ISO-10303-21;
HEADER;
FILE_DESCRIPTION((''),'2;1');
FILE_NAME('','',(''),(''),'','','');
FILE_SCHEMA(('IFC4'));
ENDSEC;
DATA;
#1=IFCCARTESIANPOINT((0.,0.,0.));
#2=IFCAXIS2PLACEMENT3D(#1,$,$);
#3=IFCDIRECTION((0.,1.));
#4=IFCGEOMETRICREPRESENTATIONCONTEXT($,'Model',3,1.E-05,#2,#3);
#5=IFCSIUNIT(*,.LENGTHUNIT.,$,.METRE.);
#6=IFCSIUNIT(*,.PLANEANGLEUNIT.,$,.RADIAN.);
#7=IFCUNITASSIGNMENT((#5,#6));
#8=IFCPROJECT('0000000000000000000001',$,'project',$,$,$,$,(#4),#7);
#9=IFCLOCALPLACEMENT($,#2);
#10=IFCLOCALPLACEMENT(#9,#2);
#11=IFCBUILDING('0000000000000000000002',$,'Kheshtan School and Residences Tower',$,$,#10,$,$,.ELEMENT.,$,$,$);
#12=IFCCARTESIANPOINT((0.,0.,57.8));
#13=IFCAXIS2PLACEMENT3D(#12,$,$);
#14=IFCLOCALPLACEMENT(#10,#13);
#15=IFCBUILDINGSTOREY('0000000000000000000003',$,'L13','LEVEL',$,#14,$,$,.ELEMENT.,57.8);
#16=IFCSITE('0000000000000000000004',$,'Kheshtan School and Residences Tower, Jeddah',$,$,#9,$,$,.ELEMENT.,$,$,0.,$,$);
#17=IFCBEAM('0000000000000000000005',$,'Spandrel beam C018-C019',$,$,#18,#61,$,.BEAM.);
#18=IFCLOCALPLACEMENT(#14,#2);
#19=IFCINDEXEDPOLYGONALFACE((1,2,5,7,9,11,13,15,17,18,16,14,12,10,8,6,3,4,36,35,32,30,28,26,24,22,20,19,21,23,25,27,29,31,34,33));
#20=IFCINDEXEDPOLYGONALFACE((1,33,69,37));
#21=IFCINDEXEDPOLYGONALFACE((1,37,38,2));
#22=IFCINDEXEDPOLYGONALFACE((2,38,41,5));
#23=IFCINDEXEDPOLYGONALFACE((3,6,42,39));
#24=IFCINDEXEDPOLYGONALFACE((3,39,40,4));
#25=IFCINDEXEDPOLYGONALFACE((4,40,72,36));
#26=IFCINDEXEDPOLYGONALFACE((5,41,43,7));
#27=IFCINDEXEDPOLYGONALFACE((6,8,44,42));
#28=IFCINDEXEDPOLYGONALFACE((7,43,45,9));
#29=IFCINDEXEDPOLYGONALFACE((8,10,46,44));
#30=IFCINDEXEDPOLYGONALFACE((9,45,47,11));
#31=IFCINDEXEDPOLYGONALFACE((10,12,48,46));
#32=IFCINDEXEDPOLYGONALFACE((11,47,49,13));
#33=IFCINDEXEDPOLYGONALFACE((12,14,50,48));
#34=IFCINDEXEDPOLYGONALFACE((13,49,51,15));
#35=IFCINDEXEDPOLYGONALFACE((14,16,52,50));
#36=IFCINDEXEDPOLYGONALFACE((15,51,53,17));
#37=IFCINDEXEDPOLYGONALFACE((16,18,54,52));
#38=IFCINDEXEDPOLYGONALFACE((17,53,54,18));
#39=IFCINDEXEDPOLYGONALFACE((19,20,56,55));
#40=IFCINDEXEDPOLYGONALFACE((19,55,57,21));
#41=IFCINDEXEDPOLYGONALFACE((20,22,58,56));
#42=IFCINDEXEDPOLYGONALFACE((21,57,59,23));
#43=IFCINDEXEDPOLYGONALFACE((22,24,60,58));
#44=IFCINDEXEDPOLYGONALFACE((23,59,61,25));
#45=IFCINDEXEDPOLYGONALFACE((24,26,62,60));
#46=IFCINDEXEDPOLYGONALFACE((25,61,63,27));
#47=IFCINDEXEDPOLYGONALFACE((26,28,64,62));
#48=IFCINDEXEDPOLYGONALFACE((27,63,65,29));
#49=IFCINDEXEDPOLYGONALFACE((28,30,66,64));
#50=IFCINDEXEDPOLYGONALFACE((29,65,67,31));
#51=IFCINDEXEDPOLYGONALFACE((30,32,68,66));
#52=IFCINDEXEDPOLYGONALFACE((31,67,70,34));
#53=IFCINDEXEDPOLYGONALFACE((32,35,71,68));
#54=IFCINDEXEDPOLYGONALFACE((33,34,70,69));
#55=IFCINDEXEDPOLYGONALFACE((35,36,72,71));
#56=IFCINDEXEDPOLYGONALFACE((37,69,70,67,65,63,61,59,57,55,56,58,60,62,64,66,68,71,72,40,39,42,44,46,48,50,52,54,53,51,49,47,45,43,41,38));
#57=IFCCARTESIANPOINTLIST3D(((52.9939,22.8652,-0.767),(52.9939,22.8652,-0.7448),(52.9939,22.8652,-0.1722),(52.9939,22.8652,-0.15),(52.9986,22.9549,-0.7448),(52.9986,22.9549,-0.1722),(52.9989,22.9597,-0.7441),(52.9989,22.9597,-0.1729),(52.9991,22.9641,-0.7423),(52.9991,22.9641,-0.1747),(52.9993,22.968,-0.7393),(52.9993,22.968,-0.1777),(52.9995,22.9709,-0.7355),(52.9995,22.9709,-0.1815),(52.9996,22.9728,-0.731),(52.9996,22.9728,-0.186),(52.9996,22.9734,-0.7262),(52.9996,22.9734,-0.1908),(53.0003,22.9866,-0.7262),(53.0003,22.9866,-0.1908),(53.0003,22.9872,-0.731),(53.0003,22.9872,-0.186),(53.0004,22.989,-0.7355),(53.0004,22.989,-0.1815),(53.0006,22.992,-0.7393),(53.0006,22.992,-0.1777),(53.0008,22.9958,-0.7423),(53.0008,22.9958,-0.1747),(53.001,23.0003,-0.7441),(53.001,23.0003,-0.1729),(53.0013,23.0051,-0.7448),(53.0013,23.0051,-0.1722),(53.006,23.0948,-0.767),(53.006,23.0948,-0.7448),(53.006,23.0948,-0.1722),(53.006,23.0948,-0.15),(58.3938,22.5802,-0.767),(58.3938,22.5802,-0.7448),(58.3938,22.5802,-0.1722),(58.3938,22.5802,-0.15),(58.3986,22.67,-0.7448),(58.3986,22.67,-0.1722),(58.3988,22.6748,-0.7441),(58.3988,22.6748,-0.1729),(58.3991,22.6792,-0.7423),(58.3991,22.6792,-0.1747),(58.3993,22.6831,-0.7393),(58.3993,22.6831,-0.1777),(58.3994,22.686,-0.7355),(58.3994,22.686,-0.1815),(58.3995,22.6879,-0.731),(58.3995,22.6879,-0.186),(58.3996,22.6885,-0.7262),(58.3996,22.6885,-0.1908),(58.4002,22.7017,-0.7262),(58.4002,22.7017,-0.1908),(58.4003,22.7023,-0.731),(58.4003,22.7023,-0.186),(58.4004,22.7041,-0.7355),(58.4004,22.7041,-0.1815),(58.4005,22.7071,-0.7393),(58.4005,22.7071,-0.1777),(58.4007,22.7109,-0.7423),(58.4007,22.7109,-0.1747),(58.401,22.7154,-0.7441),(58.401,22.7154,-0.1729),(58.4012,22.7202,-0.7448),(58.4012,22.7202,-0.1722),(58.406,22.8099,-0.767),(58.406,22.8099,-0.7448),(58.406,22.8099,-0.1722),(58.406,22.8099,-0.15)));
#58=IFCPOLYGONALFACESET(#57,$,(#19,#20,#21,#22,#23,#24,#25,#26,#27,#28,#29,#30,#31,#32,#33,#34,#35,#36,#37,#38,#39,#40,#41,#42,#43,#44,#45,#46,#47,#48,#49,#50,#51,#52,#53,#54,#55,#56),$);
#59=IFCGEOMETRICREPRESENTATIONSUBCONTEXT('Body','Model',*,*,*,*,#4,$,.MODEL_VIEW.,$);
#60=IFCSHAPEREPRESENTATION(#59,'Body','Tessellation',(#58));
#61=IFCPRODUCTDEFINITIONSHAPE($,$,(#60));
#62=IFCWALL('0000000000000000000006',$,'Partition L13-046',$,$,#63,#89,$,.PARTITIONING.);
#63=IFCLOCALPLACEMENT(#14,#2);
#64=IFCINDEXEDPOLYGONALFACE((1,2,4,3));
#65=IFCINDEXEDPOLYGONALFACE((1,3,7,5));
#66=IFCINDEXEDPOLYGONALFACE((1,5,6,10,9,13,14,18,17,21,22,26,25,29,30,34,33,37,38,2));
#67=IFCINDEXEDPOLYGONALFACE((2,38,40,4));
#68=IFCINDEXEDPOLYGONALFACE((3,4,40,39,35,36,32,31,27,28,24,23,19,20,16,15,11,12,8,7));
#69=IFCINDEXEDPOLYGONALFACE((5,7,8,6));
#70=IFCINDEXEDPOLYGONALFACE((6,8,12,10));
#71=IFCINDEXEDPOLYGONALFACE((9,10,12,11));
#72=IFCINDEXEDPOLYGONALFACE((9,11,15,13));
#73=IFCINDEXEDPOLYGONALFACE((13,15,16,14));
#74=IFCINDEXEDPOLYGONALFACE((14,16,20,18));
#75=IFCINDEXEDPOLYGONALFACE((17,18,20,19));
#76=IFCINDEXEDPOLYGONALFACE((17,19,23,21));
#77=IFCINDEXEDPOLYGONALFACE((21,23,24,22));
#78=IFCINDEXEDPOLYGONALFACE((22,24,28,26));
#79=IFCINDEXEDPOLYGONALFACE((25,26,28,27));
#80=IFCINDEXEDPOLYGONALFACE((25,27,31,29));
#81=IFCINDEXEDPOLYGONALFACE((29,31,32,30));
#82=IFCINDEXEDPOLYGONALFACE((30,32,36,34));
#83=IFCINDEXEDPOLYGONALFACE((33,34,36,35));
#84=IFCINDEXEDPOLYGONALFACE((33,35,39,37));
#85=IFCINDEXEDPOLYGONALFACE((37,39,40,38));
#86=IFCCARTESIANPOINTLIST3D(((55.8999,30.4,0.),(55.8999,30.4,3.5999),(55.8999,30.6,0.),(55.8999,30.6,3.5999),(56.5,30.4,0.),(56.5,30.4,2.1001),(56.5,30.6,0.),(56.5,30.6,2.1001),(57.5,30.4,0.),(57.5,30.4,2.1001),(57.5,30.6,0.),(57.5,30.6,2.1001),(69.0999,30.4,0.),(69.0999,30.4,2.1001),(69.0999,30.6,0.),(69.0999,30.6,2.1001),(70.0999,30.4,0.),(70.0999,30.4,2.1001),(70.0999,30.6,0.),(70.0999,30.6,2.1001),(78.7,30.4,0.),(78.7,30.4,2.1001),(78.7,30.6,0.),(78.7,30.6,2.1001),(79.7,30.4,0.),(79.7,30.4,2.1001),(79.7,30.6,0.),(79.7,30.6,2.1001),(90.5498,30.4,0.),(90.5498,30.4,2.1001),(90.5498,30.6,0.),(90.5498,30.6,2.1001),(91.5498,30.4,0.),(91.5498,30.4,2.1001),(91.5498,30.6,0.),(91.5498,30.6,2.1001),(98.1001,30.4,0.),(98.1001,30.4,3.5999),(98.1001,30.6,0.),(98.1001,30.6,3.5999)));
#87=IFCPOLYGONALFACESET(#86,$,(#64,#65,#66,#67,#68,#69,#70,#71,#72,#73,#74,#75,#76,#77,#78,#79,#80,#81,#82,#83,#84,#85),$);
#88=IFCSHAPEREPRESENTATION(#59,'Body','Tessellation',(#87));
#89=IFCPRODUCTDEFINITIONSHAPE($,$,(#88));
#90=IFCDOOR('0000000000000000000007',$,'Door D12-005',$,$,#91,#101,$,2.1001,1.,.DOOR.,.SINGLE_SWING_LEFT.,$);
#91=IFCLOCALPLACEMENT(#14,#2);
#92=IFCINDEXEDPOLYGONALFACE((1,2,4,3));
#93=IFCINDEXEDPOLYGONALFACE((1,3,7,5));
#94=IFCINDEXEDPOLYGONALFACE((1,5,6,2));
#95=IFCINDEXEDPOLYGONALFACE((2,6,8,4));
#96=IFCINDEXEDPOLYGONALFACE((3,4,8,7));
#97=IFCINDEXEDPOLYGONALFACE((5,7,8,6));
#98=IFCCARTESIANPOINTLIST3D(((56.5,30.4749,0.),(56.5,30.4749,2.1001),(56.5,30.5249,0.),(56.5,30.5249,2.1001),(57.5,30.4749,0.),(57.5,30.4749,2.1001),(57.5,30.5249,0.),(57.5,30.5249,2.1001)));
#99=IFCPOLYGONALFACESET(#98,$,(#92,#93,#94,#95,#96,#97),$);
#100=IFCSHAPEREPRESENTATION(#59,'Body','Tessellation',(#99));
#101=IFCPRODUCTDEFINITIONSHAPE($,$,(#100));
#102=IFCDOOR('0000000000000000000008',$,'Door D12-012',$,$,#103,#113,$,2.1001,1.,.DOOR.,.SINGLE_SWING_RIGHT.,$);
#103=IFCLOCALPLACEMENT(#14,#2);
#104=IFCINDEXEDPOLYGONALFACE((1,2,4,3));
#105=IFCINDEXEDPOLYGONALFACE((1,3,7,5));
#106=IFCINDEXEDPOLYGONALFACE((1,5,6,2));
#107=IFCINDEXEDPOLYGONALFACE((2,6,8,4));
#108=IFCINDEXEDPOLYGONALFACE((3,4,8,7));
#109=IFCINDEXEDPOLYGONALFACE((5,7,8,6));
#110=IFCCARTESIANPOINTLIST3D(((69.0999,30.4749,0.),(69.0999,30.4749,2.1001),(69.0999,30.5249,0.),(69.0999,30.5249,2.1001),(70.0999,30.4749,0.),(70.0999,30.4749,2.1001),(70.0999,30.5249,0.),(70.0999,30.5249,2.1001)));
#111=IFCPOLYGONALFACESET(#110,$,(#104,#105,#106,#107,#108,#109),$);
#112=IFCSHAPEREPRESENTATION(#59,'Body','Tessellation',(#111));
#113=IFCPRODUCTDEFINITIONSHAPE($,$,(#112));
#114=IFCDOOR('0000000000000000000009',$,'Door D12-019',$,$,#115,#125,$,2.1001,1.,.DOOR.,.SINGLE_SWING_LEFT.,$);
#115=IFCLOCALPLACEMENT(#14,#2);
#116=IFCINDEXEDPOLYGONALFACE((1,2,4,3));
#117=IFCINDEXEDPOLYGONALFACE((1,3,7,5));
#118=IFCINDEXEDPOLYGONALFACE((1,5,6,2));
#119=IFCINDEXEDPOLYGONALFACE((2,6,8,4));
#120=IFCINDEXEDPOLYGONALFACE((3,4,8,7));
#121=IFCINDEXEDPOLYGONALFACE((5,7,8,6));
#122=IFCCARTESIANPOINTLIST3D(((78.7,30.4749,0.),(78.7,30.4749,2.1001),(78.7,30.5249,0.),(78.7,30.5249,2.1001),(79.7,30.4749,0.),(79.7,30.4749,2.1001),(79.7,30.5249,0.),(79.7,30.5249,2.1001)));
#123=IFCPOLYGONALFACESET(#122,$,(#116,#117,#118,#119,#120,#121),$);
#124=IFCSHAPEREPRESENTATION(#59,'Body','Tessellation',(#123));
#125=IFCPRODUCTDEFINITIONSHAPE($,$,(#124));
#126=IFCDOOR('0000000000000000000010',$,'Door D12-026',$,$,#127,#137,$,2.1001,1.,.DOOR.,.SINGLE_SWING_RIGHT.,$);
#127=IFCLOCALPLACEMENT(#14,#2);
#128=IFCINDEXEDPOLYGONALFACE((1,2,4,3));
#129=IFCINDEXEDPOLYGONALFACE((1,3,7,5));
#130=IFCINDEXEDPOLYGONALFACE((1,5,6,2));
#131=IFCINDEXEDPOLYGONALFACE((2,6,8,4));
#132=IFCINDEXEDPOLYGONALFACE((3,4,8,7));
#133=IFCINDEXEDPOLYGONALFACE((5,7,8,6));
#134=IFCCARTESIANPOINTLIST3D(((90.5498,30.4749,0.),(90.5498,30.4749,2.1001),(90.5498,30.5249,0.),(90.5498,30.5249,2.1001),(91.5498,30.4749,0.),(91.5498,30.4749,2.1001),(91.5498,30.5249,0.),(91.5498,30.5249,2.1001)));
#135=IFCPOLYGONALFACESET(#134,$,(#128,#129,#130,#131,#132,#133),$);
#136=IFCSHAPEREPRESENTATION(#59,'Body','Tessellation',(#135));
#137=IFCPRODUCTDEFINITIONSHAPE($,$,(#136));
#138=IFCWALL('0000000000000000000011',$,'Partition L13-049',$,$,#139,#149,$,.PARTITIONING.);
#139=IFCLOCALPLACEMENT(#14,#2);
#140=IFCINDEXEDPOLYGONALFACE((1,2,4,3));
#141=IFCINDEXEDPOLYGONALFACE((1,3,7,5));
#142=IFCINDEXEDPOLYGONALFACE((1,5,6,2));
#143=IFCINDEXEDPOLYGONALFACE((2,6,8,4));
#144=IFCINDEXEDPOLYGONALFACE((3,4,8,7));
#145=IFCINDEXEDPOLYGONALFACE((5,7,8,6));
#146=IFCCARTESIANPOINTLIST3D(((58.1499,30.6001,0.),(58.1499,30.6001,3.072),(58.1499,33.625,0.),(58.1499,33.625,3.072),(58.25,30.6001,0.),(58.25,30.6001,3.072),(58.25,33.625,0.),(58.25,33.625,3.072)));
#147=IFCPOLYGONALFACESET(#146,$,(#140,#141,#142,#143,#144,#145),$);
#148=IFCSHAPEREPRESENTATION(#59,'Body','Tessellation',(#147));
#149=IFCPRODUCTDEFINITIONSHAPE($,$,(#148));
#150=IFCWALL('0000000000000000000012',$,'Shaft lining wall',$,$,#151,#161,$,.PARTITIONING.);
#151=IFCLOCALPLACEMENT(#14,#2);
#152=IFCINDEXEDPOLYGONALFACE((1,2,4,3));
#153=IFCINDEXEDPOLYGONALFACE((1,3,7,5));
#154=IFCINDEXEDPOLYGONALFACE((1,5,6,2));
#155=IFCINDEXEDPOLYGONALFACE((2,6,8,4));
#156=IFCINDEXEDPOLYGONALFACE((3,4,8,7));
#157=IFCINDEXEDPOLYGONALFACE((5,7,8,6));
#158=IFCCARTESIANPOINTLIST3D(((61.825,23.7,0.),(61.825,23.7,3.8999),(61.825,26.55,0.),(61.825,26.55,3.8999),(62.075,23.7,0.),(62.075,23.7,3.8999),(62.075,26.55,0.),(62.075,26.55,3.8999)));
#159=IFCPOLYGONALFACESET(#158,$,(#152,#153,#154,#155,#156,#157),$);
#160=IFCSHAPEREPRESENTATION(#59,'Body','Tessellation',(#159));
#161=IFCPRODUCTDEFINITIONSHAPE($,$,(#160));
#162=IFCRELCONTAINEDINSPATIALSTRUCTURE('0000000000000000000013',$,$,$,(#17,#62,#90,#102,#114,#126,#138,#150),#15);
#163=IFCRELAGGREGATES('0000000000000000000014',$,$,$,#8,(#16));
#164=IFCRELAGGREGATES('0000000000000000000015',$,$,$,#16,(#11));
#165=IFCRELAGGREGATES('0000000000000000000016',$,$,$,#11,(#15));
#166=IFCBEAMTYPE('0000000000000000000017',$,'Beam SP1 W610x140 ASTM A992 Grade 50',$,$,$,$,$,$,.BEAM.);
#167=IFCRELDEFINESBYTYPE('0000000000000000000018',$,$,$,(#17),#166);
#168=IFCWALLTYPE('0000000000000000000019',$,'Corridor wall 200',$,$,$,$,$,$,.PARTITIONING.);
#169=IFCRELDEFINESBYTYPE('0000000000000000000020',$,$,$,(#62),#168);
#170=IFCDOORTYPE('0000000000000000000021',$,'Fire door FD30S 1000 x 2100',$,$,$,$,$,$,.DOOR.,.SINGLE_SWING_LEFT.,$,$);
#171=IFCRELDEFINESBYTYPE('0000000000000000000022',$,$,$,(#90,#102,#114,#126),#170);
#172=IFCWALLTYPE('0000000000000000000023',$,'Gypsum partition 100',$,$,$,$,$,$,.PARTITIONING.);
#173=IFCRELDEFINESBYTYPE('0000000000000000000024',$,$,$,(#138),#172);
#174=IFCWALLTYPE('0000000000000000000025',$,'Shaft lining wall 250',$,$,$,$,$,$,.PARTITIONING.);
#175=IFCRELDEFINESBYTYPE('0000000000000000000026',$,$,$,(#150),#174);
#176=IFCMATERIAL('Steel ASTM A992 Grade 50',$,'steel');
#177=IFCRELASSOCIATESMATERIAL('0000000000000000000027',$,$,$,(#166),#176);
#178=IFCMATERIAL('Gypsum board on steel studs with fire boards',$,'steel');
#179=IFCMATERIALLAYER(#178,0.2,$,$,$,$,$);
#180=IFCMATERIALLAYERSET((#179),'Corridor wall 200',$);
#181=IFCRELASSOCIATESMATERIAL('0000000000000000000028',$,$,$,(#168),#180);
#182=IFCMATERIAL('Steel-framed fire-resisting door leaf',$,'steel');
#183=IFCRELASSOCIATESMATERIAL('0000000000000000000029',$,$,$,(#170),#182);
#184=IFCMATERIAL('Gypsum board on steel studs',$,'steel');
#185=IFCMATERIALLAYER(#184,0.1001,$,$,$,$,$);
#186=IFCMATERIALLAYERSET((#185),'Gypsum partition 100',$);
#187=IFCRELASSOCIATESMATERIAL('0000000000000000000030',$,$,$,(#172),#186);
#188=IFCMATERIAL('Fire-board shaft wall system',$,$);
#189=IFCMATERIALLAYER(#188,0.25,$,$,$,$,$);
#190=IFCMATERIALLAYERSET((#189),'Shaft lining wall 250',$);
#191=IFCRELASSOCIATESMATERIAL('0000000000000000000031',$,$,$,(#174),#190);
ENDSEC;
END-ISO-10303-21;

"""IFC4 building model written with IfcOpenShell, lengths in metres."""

from ifc_helpers import new_model, si_unit, direction, frame, frame_2d, origin, origin_2d, place, context, subcontext, project, spatial, rectangle, i_section, extrude, source, transform, mapped, material, layer, layer_set, material_profile, profile_set, type_object, element, fill, save


model = new_model("IFC4")

# Units and contexts
model_context = context("Model", 3, precision=1e-05, world=origin(), true_north=direction((0.0, 1.0)))
body_context = subcontext(model_context, "Body", "Model", "MODEL_VIEW")
ifc_project = project(units=[si_unit("LENGTHUNIT", "METRE"), si_unit("PLANEANGLEUNIT", "RADIAN")], contexts=[model_context])

# Site, building, storey
site_placement = place(None, origin())
site = spatial("IfcSite", under=ifc_project, at=site_placement, Name="Kheshtan School and Residences Tower, Jeddah", CompositionType="ELEMENT", RefElevation=0.0)
building_placement = place(site_placement, origin())
building = spatial("IfcBuilding", under=site, at=building_placement, Name="Kheshtan School and Residences Tower", CompositionType="ELEMENT")
storey_placement = place(building_placement, frame((0.0, 0.0, 57.8)))
storey = spatial("IfcBuildingStorey", under=building, at=storey_placement, Name="L13", Description="LEVEL", CompositionType="ELEMENT", Elevation=57.8)

# Shared definitions
ifc_material_1 = material(Name="Steel ASTM A992 Grade 50", Category="steel")

# Beam
ifc_material_profile_1 = material_profile(ifc_material_1, i_section(OverallWidth=0.23, OverallDepth=0.6169, WebThickness=0.0132, FlangeThickness=0.0222, FilletRadius=0.0186, at=origin_2d()), Name="W610x140")
ifc_profile_set_1 = profile_set([ifc_material_profile_1], Name="Steel ASTM A992 Grade 50")
beam_type_1 = type_object("IfcBeamType", Name="Beam SP1 W610x140 ASTM A992 Grade 50", PredefinedType="BEAM", material=ifc_profile_set_1)
beam_1_placement = place(storey_placement, frame((58.3999, 22.6951, -0.4585), z_axis=(-0.998611, 0.052689, 0.0), x_axis=(-0.052689, -0.998611, 0.0)))
element("IfcBeam", 1, at=beam_1_placement, inside=storey, type_object=beam_type_1, Name="Spandrel beam C018-C019", PredefinedType="BEAM", context=body_context, shape_type="SweptSolid", body=[
    extrude(i_section(OverallWidth=0.23, OverallDepth=0.6169, WebThickness=0.0132, FlangeThickness=0.0222, FilletRadius=0.0186, at=origin_2d()), origin(), (0.0, 0.0, 1.0), 5.4075),
])

# Wall, openings, doors
ifc_material_2 = material(Name="Gypsum board on steel studs with fire boards", Category="steel")
ifc_layer_1 = layer(ifc_material_2, 0.2)
ifc_layer_set_1 = layer_set([ifc_layer_1], Name="Corridor wall 200")
wall_type_1 = type_object("IfcWallType", Name="Corridor wall 200", PredefinedType="PARTITIONING", material=ifc_layer_set_1)
wall_1_placement = place(storey_placement, frame((55.8999, 30.5, 0.0), z_axis=(0.0, 0.0, 1.0), x_axis=(1.0, 0.0, 0.0)))
wall_1 = element("IfcWall", 2, at=wall_1_placement, inside=storey, type_object=wall_type_1, Name="Partition L13-046", PredefinedType="PARTITIONING", context=body_context, shape_type="SweptSolid", body=[
    extrude(rectangle(XDim=42.2002, YDim=0.2, at=frame_2d((21.1001, 0.0))), origin(), (0.0, 0.0, 1.0), 3.5999),
])
opening_1_placement = place(wall_1_placement, frame((0.6001, 0.0, 0.0)))
opening_1 = element("IfcOpeningElement", 3, at=opening_1_placement, cuts=wall_1, PredefinedType="OPENING", context=body_context, shape_type="SweptSolid", body=[
    extrude(rectangle(XDim=1.0, YDim=2.1001, at=frame_2d((0.5, 1.05))), frame((0.0, 0.1099, 0.0), z_axis=(0.0, -1.0, 0.0), x_axis=(1.0, 0.0, 0.0)), (0.0, 0.0, 1.0), 0.22),
])
opening_2_placement = place(wall_1_placement, frame((13.2, 0.0, 0.0)))
opening_2 = element("IfcOpeningElement", 4, at=opening_2_placement, cuts=wall_1, PredefinedType="OPENING", context=body_context, shape_type="SweptSolid", body=[
    extrude(rectangle(XDim=1.0, YDim=2.1001, at=frame_2d((0.5, 1.05))), frame((0.0, 0.1099, 0.0), z_axis=(0.0, -1.0, 0.0), x_axis=(1.0, 0.0, 0.0)), (0.0, 0.0, 1.0), 0.22),
])
opening_3_placement = place(wall_1_placement, frame((22.8, 0.0, 0.0)))
opening_3 = element("IfcOpeningElement", 5, at=opening_3_placement, cuts=wall_1, PredefinedType="OPENING", context=body_context, shape_type="SweptSolid", body=[
    extrude(rectangle(XDim=1.0, YDim=2.1001, at=frame_2d((0.5, 1.05))), frame((0.0, 0.1099, 0.0), z_axis=(0.0, -1.0, 0.0), x_axis=(1.0, 0.0, 0.0)), (0.0, 0.0, 1.0), 0.22),
])
opening_4_placement = place(wall_1_placement, frame((34.6499, 0.0, 0.0)))
opening_4 = element("IfcOpeningElement", 6, at=opening_4_placement, cuts=wall_1, PredefinedType="OPENING", context=body_context, shape_type="SweptSolid", body=[
    extrude(rectangle(XDim=1.0, YDim=2.1001, at=frame_2d((0.5, 1.05))), frame((0.0, 0.1099, 0.0), z_axis=(0.0, -1.0, 0.0), x_axis=(1.0, 0.0, 0.0)), (0.0, 0.0, 1.0), 0.22),
])
ifc_material_3 = material(Name="Steel-framed fire-resisting door leaf", Category="steel")
door_type_1 = type_object("IfcDoorType", Name="Fire door FD30S 1000 x 2100", OperationType="SINGLE_SWING_LEFT", PredefinedType="DOOR", material=ifc_material_3)
shared_shape_1 = source(origin(), body_context, "Body", "SweptSolid", [
    extrude(rectangle(XDim=1.0, YDim=2.1001, at=frame_2d((0.5, 1.05))), frame((0.0, 0.0249, 0.0), z_axis=(0.0, -1.0, 0.0), x_axis=(1.0, 0.0, 0.0)), (0.0, 0.0, 1.0), 0.05),
])
door_1_placement = place(opening_1_placement, origin())
door_1 = element("IfcDoor", 7, at=door_1_placement, inside=storey, type_object=door_type_1, Name="Door D12-005", OperationType="SINGLE_SWING_LEFT", OverallHeight=2.1001, OverallWidth=1.0, PredefinedType="DOOR", context=body_context, shape_type="MappedRepresentation", body=[
    mapped(shared_shape_1, transform((0.0, 0.0, 0.0), x_axis=(1.0, 0.0, 0.0), y_axis=(0.0, 1.0, 0.0), z_axis=(0.0, 0.0, 1.0), scale=1.0)),
])
fill(opening_1, door_1)
door_2_placement = place(opening_2_placement, origin())
door_2 = element("IfcDoor", 8, at=door_2_placement, inside=storey, type_object=door_type_1, Name="Door D12-012", OperationType="SINGLE_SWING_RIGHT", OverallHeight=2.1001, OverallWidth=1.0, PredefinedType="DOOR", context=body_context, shape_type="MappedRepresentation", body=[
    mapped(shared_shape_1, transform((0.0, 0.0, 0.0), x_axis=(1.0, 0.0, 0.0), y_axis=(0.0, 1.0, 0.0), z_axis=(0.0, 0.0, 1.0), scale=1.0)),
])
fill(opening_2, door_2)
door_3_placement = place(opening_3_placement, origin())
door_3 = element("IfcDoor", 9, at=door_3_placement, inside=storey, type_object=door_type_1, Name="Door D12-019", OperationType="SINGLE_SWING_LEFT", OverallHeight=2.1001, OverallWidth=1.0, PredefinedType="DOOR", context=body_context, shape_type="MappedRepresentation", body=[
    mapped(shared_shape_1, transform((0.0, 0.0, 0.0), x_axis=(1.0, 0.0, 0.0), y_axis=(0.0, 1.0, 0.0), z_axis=(0.0, 0.0, 1.0), scale=1.0)),
])
fill(opening_3, door_3)
door_4_placement = place(opening_4_placement, origin())
door_4 = element("IfcDoor", 10, at=door_4_placement, inside=storey, type_object=door_type_1, Name="Door D12-026", OperationType="SINGLE_SWING_RIGHT", OverallHeight=2.1001, OverallWidth=1.0, PredefinedType="DOOR", context=body_context, shape_type="MappedRepresentation", body=[
    mapped(shared_shape_1, transform((0.0, 0.0, 0.0), x_axis=(1.0, 0.0, 0.0), y_axis=(0.0, 1.0, 0.0), z_axis=(0.0, 0.0, 1.0), scale=1.0)),
])
fill(opening_4, door_4)

# Walls
ifc_material_4 = material(Name="Gypsum board on steel studs", Category="steel")
ifc_layer_2 = layer(ifc_material_4, 0.1001)
ifc_layer_set_2 = layer_set([ifc_layer_2], Name="Gypsum partition 100")
wall_type_2 = type_object("IfcWallType", Name="Gypsum partition 100", PredefinedType="PARTITIONING", material=ifc_layer_set_2)
wall_2_placement = place(storey_placement, frame((58.2, 30.6001, 0.0), z_axis=(0.0, 0.0, 1.0), x_axis=(0.0, 1.0, 0.0)))
element("IfcWall", 11, at=wall_2_placement, inside=storey, type_object=wall_type_2, Name="Partition L13-049", PredefinedType="PARTITIONING", context=body_context, shape_type="SweptSolid", body=[
    extrude(rectangle(XDim=3.0249, YDim=0.1001, at=frame_2d((1.5125, 0.0))), origin(), (0.0, 0.0, 1.0), 3.072),
])
ifc_material_5 = material(Name="Fire-board shaft wall system")
ifc_layer_3 = layer(ifc_material_5, 0.25)
ifc_layer_set_3 = layer_set([ifc_layer_3], Name="Shaft lining wall 250")
wall_type_3 = type_object("IfcWallType", Name="Shaft lining wall 250", PredefinedType="PARTITIONING", material=ifc_layer_set_3)
wall_3_placement = place(storey_placement, frame((61.95, 23.7, 0.0), z_axis=(0.0, 0.0, 1.0), x_axis=(0.0, 1.0, 0.0)))
element("IfcWall", 12, at=wall_3_placement, inside=storey, type_object=wall_type_3, Name="Shaft lining wall", PredefinedType="PARTITIONING", context=body_context, shape_type="SweptSolid", body=[
    extrude(rectangle(XDim=2.8501, YDim=0.25, at=frame_2d((1.425, 0.0))), origin(), (0.0, 0.0, 1.0), 3.8999),
])

save(model, "model.ifc")
